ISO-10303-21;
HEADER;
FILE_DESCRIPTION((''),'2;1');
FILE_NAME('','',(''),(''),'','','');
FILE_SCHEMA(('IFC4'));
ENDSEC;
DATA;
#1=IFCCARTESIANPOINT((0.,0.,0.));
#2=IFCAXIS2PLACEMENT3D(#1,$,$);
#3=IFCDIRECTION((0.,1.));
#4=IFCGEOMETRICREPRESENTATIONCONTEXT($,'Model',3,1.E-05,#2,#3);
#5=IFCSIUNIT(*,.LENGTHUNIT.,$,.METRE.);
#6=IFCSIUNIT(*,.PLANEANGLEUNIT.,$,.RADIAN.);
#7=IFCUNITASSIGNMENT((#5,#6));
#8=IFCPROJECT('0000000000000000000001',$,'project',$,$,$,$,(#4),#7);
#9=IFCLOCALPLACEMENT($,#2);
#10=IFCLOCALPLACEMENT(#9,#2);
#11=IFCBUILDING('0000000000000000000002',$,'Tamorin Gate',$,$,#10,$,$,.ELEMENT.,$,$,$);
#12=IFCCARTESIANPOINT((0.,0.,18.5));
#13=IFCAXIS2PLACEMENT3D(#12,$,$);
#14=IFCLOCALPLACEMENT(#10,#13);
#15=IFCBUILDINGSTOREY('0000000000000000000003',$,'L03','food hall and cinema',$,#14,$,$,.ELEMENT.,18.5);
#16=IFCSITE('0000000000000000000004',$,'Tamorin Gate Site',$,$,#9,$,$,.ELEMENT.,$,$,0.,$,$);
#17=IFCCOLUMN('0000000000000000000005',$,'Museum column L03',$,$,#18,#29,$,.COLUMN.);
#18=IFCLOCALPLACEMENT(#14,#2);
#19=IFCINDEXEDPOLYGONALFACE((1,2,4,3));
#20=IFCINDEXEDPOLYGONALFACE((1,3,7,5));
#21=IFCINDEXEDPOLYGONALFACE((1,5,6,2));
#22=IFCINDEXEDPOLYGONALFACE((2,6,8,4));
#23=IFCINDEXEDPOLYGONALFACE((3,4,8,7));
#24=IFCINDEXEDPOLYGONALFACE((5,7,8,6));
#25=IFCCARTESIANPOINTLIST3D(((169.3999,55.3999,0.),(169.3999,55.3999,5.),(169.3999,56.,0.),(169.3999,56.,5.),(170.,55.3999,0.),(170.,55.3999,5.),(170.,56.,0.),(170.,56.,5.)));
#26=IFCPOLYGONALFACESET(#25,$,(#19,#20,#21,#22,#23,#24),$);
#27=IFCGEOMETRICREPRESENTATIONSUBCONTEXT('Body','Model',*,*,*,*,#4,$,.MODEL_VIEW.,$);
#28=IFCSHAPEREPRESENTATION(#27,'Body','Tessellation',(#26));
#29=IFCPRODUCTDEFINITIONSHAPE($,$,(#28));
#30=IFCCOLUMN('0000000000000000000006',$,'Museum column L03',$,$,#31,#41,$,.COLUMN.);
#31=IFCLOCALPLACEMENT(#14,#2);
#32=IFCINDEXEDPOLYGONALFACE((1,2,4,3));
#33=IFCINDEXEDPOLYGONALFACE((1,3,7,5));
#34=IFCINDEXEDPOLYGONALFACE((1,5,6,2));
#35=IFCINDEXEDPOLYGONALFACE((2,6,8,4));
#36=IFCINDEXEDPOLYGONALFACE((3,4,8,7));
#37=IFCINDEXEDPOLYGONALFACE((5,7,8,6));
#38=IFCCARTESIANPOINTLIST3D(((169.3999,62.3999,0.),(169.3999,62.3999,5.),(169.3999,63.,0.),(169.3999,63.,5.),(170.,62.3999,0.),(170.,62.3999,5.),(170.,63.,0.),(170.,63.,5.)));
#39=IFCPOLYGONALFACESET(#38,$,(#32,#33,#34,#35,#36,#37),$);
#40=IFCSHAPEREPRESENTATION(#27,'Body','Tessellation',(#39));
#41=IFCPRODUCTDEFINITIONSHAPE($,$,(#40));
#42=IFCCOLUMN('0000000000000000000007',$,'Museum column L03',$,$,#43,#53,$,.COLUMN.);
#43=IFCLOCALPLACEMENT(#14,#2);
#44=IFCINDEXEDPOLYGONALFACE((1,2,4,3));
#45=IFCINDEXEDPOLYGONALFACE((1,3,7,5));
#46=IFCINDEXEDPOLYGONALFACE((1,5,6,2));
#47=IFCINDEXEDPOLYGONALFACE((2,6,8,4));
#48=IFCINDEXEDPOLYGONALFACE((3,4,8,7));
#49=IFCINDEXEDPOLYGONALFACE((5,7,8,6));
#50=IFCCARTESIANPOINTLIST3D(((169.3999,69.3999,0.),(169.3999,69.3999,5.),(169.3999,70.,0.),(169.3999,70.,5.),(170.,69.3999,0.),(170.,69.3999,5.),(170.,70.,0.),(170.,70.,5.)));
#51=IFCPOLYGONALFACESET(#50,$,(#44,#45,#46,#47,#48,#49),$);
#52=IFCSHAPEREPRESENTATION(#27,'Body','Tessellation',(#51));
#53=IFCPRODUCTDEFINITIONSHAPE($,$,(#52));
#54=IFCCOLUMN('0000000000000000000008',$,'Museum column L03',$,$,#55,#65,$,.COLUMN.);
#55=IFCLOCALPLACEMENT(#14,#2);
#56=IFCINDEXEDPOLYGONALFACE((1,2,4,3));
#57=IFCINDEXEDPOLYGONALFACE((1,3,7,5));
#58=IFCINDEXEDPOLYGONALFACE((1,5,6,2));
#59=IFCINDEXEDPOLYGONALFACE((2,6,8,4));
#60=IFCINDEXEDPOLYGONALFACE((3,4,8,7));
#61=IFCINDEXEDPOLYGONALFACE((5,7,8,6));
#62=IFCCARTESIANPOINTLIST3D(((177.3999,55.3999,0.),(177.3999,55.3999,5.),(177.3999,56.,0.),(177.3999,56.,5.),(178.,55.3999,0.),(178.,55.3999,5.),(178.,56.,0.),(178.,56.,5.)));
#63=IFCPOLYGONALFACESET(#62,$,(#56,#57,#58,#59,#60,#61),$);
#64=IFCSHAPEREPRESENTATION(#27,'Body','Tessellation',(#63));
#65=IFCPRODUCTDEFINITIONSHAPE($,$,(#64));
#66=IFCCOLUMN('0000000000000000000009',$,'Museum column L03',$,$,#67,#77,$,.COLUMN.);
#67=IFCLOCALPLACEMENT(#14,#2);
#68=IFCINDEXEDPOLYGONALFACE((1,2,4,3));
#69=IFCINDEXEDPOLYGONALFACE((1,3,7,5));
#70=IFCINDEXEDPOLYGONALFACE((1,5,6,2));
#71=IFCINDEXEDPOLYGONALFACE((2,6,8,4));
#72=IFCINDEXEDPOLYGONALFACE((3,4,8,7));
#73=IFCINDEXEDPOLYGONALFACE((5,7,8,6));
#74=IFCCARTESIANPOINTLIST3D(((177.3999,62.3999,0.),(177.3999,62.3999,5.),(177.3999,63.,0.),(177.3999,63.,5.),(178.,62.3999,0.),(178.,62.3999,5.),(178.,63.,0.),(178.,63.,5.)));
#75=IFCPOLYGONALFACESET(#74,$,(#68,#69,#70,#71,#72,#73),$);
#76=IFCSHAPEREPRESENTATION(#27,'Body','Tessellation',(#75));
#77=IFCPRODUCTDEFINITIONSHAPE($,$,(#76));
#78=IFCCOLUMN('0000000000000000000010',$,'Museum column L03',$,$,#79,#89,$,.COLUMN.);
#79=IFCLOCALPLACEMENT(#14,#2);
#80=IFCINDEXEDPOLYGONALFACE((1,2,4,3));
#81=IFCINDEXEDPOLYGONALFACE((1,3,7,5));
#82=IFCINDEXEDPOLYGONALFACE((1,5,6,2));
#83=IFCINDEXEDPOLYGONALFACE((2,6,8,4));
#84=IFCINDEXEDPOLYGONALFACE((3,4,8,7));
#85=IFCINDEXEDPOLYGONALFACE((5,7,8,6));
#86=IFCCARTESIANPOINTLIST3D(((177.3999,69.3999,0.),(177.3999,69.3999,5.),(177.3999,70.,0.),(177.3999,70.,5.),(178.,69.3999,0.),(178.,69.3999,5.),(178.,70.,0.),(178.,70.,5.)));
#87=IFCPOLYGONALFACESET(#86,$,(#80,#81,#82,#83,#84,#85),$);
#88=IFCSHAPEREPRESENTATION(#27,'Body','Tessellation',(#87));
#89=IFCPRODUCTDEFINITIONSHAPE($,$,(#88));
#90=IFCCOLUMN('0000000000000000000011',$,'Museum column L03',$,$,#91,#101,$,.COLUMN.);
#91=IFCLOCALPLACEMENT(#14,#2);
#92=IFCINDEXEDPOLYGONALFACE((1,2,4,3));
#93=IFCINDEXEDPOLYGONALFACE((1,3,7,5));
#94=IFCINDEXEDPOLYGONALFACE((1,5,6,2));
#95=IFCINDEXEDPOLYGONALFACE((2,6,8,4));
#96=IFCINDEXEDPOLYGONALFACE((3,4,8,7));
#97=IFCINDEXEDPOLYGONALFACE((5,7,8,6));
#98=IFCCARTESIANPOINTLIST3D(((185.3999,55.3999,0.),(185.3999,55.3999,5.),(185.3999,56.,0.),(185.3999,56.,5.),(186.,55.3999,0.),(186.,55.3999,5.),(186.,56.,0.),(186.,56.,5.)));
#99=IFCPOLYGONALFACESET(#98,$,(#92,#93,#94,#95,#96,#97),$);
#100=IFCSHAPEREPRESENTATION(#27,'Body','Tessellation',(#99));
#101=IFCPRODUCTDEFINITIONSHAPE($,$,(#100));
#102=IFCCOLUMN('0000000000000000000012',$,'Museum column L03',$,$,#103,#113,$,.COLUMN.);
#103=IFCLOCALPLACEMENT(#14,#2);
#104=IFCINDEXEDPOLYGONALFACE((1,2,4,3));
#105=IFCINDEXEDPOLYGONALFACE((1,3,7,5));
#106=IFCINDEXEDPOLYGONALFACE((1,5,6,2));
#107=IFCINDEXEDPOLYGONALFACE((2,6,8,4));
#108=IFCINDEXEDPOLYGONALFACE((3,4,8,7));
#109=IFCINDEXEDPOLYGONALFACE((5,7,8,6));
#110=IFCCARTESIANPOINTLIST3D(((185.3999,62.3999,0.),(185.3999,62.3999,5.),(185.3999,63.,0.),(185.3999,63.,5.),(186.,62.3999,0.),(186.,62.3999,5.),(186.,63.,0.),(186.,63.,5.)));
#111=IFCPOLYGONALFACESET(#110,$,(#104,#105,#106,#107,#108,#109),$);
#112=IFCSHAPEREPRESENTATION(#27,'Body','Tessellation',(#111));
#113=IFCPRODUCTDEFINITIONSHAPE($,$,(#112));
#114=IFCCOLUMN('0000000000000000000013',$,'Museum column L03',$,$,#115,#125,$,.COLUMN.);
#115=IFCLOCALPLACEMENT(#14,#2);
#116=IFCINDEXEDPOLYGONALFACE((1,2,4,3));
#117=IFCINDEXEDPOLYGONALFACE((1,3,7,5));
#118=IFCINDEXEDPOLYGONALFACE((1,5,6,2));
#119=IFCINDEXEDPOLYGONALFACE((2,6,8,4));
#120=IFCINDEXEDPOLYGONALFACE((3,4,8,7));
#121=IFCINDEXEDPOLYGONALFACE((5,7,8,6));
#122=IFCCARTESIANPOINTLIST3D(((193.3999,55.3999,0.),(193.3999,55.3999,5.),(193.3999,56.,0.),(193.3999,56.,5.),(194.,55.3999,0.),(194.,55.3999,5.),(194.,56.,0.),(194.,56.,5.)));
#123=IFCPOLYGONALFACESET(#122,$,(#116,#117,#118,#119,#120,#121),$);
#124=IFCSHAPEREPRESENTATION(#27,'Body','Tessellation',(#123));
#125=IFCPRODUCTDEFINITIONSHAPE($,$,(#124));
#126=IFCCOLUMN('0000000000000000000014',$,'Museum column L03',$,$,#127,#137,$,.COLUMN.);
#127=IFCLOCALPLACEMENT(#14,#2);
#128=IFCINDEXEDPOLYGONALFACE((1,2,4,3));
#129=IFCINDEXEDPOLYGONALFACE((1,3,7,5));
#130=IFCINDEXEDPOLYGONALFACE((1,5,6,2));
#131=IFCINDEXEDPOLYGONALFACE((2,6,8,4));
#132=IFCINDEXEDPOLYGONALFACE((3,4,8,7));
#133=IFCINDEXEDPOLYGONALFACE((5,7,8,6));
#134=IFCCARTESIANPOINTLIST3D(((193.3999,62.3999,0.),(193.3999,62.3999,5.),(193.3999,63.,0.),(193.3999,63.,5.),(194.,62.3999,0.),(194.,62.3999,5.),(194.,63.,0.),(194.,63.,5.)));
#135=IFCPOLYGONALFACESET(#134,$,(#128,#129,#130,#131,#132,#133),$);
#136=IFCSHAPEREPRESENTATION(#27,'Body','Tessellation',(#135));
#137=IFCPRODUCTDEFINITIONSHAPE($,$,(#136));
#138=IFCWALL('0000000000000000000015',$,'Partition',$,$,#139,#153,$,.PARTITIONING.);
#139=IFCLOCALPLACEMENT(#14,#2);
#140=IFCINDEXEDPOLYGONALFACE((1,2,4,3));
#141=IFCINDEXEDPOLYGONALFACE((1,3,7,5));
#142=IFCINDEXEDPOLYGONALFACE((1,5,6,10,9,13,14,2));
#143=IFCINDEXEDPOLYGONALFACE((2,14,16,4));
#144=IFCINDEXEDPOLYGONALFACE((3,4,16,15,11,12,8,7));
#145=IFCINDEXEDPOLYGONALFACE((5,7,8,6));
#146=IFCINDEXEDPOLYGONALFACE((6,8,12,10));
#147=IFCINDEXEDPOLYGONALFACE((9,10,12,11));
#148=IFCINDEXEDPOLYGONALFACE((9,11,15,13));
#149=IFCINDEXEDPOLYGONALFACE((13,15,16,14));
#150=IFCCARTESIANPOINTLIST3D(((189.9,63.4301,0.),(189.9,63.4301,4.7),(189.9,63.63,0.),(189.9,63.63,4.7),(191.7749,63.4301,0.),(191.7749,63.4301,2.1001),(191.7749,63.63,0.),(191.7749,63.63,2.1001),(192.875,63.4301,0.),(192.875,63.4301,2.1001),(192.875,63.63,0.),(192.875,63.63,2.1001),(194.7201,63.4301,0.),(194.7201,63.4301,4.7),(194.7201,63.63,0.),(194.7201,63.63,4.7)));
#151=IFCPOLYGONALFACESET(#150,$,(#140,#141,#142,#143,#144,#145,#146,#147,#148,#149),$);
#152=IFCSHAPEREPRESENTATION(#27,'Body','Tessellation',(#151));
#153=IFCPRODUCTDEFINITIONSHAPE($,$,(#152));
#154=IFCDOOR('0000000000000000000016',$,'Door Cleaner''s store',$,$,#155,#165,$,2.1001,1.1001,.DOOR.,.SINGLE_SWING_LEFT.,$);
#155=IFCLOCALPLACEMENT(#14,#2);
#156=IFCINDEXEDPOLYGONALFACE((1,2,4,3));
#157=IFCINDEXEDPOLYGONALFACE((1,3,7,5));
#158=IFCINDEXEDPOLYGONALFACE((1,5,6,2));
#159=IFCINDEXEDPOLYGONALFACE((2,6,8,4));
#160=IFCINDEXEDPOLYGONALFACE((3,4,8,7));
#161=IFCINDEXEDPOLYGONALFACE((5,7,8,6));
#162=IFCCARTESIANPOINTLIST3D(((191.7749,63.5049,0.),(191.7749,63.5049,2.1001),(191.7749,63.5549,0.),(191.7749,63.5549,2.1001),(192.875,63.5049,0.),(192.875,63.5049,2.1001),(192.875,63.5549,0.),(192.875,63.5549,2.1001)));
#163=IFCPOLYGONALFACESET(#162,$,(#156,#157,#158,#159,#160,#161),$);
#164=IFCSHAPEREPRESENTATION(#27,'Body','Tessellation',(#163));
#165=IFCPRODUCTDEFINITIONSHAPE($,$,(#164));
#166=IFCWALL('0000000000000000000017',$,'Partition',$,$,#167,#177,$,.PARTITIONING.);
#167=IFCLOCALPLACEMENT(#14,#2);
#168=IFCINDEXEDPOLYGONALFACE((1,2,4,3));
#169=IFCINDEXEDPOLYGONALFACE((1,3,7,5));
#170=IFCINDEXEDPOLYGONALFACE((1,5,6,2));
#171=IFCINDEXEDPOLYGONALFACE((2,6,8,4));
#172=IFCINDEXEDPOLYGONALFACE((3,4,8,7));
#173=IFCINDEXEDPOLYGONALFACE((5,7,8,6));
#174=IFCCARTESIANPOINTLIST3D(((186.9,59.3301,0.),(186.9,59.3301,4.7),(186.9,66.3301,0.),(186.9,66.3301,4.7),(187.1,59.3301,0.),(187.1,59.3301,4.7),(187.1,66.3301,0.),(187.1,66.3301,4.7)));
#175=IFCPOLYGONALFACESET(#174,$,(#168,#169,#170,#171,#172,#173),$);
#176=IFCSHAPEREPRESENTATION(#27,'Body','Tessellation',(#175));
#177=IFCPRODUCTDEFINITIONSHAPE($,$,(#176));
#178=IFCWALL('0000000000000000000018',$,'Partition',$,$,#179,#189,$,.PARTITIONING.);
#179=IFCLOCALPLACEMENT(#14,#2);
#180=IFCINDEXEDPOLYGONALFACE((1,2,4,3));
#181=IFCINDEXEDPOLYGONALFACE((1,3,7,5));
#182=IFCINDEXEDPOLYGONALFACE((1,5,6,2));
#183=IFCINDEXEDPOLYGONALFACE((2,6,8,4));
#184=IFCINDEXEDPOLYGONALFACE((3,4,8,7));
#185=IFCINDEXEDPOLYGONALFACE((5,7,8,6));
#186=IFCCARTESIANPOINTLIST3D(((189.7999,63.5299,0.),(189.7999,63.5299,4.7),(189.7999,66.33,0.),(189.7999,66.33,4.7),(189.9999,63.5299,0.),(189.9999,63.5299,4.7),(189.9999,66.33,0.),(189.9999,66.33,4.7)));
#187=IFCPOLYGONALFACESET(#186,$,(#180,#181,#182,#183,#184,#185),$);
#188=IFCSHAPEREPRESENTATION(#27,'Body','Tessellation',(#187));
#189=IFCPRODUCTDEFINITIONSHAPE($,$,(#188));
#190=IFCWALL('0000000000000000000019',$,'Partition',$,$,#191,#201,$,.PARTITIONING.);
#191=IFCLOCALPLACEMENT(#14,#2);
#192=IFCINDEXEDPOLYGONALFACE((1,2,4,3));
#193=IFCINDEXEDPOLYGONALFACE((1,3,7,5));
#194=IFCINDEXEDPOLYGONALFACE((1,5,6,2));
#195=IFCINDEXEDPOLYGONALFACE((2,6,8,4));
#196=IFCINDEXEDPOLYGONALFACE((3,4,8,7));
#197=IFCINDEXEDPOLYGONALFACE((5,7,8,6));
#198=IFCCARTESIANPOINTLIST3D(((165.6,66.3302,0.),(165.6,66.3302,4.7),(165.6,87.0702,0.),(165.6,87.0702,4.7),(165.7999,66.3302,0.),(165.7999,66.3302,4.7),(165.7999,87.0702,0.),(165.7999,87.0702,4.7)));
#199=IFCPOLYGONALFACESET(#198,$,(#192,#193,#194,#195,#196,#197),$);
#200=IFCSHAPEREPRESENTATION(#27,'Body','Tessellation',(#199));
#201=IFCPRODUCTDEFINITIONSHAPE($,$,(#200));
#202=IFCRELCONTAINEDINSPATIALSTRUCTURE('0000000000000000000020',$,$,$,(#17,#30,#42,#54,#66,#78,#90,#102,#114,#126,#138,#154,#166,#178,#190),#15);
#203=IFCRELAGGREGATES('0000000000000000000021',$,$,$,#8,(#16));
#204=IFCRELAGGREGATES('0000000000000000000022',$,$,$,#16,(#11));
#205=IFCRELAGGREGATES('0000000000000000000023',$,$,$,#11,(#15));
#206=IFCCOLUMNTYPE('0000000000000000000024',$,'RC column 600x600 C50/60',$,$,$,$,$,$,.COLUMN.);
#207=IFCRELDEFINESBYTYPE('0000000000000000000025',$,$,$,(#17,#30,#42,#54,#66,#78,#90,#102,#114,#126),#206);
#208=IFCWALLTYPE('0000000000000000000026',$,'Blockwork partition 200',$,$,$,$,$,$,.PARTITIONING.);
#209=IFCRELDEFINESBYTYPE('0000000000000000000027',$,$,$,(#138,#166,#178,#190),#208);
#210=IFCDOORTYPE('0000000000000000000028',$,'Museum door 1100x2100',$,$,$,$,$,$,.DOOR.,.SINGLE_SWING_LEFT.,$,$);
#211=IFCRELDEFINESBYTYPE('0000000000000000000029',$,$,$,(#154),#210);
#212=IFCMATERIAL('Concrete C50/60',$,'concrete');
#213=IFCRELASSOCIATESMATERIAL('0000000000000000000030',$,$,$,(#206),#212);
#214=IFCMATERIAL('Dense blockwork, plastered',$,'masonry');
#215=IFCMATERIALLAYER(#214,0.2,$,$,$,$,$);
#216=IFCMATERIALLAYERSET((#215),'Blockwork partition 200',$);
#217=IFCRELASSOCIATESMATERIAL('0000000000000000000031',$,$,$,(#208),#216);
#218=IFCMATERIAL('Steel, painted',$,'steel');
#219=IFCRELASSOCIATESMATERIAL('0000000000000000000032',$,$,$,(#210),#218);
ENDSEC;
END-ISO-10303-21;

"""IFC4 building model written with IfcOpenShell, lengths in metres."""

from ifc_helpers import new_model, si_unit, direction, frame, frame_2d, origin, origin_2d, place, context, subcontext, project, spatial, rectangle, extrude, material, layer, layer_set, material_profile, profile_set, type_object, element, fill, save


model = new_model("IFC4")

# Units and contexts
model_context = context("Model", 3, precision=1e-05, world=origin(), true_north=direction((0.0, 1.0)))
body_context = subcontext(model_context, "Body", "Model", "MODEL_VIEW")
ifc_project = project(units=[si_unit("LENGTHUNIT", "METRE"), si_unit("PLANEANGLEUNIT", "RADIAN")], contexts=[model_context])

# Site, building, storey
site_placement = place(None, origin())
site = spatial("IfcSite", under=ifc_project, at=site_placement, Name="Tamorin Gate Site", CompositionType="ELEMENT", RefElevation=0.0)
building_placement = place(site_placement, origin())
building = spatial("IfcBuilding", under=site, at=building_placement, Name="Tamorin Gate", CompositionType="ELEMENT")
storey_placement = place(building_placement, frame((0.0, 0.0, 18.5)))
storey = spatial("IfcBuildingStorey", under=building, at=storey_placement, Name="L03", Description="food hall and cinema", CompositionType="ELEMENT", Elevation=18.5)

# Columns
ifc_material_1 = material(Name="Concrete C50/60", Category="concrete")
ifc_material_profile = material_profile(ifc_material_1, rectangle(XDim=0.6001, YDim=0.6001, at=origin_2d()))
ifc_profile_set = profile_set([ifc_material_profile], Name="Concrete C50/60")
column_type = type_object("IfcColumnType", Name="RC column 600x600 C50/60", PredefinedType="COLUMN", material=ifc_profile_set)
for number, where, z_axis, x_axis, name in (
    (1, (169.7, 55.7, 0.0), (0.0, 0.0, 1.0), (1.0, 0.0, 0.0), "Museum column L03"),
    (2, (169.7, 62.7, 0.0), (0.0, 0.0, 1.0), (1.0, 0.0, 0.0), "Museum column L03"),
    (3, (169.7, 69.7, 0.0), (0.0, 0.0, 1.0), (1.0, 0.0, 0.0), "Museum column L03"),
    (4, (177.7, 55.7, 0.0), (0.0, 0.0, 1.0), (1.0, 0.0, 0.0), "Museum column L03"),
    (5, (177.7, 62.7, 0.0), (0.0, 0.0, 1.0), (1.0, 0.0, 0.0), "Museum column L03"),
    (6, (177.7, 69.7, 0.0), (0.0, 0.0, 1.0), (1.0, 0.0, 0.0), "Museum column L03"),
    (7, (185.7, 55.7, 0.0), (0.0, 0.0, 1.0), (1.0, 0.0, 0.0), "Museum column L03"),
    (8, (185.7, 62.7, 0.0), (0.0, 0.0, 1.0), (1.0, 0.0, 0.0), "Museum column L03"),
    (9, (193.7, 55.7, 0.0), (0.0, 0.0, 1.0), (1.0, 0.0, 0.0), "Museum column L03"),
    (10, (193.7, 62.7, 0.0), (0.0, 0.0, 1.0), (1.0, 0.0, 0.0), "Museum column L03"),
):
    element("IfcColumn", number, at=place(storey_placement, frame(where, z_axis=z_axis, x_axis=x_axis)), inside=storey, type_object=column_type, Name=name, PredefinedType="COLUMN", context=body_context, shape_type="SweptSolid", body=[
        extrude(rectangle(XDim=0.6001, YDim=0.6001, at=origin_2d()), origin(), (0.0, 0.0, 1.0), 5.0),
    ])

# Wall, opening, door
ifc_material_2 = material(Name="Dense blockwork, plastered", Category="masonry")
ifc_layer_1 = layer(ifc_material_2, 0.2)
ifc_layer_set_1 = layer_set([ifc_layer_1], Name="Blockwork partition 200")
wall_type_1 = type_object("IfcWallType", Name="Blockwork partition 200", PredefinedType="PARTITIONING", material=ifc_layer_set_1)
wall_1_placement = place(storey_placement, frame((189.8999, 63.53, 0.0), z_axis=(0.0, 0.0, 1.0), x_axis=(1.0, 0.0, 0.0)))
wall_1 = element("IfcWall", 11, at=wall_1_placement, inside=storey, type_object=wall_type_1, Name="Partition", PredefinedType="PARTITIONING", context=body_context, shape_type="SweptSolid", body=[
    extrude(rectangle(XDim=4.8201, YDim=0.2, at=frame_2d((2.4102, 0.0))), origin(), (0.0, 0.0, 1.0), 4.7),
])
opening_1_placement = place(wall_1_placement, frame((1.875, 0.0, 0.0)))
opening_1 = element("IfcOpeningElement", 12, at=opening_1_placement, cuts=wall_1, PredefinedType="OPENING", context=body_context, shape_type="SweptSolid", body=[
    extrude(rectangle(XDim=1.1001, YDim=2.1001, at=frame_2d((0.55, 1.05))), frame((0.0, 0.1099, 0.0), z_axis=(0.0, -1.0, 0.0), x_axis=(1.0, 0.0, 0.0)), (0.0, 0.0, 1.0), 0.22),
])
ifc_material_3 = material(Name="Steel, painted", Category="steel")
door_type_1 = type_object("IfcDoorType", Name="Museum door 1100x2100", OperationType="SINGLE_SWING_LEFT", PredefinedType="DOOR", material=ifc_material_3)
door_1_placement = place(opening_1_placement, origin())
door_1 = element("IfcDoor", 13, at=door_1_placement, inside=storey, type_object=door_type_1, Name="Door Cleaner's store", OperationType="SINGLE_SWING_LEFT", OverallHeight=2.1001, OverallWidth=1.1001, PredefinedType="DOOR", context=body_context, shape_type="SweptSolid", body=[
    extrude(rectangle(XDim=1.1001, YDim=2.1001, at=frame_2d((0.55, 1.05))), frame((0.0, 0.0249, 0.0), z_axis=(0.0, -1.0, 0.0), x_axis=(1.0, 0.0, 0.0)), (0.0, 0.0, 1.0), 0.05),
])
fill(opening_1, door_1)

# Walls
wall_2_placement = place(storey_placement, frame((187.0, 59.3301, 0.0), z_axis=(0.0, 0.0, 1.0), x_axis=(0.0, 1.0, 0.0)))
element("IfcWall", 14, at=wall_2_placement, inside=storey, type_object=wall_type_1, Name="Partition", PredefinedType="PARTITIONING", context=body_context, shape_type="SweptSolid", body=[
    extrude(rectangle(XDim=7.0, YDim=0.2, at=frame_2d((3.5, 0.0))), origin(), (0.0, 0.0, 1.0), 4.7),
])
wall_3_placement = place(storey_placement, frame((189.8999, 63.53, 0.0), z_axis=(0.0, 0.0, 1.0), x_axis=(0.0, 1.0, 0.0)))
element("IfcWall", 15, at=wall_3_placement, inside=storey, type_object=wall_type_1, Name="Partition", PredefinedType="PARTITIONING", context=body_context, shape_type="SweptSolid", body=[
    extrude(rectangle(XDim=2.8, YDim=0.2, at=frame_2d((1.3999, 0.0))), origin(), (0.0, 0.0, 1.0), 4.7),
])
wall_4_placement = place(storey_placement, frame((165.7, 66.3301, 0.0), z_axis=(0.0, 0.0, 1.0), x_axis=(0.0, 1.0, 0.0)))
element("IfcWall", 16, at=wall_4_placement, inside=storey, type_object=wall_type_1, Name="Partition", PredefinedType="PARTITIONING", context=body_context, shape_type="SweptSolid", body=[
    extrude(rectangle(XDim=20.74, YDim=0.2, at=frame_2d((10.3701, 0.0))), origin(), (0.0, 0.0, 1.0), 4.7),
])

save(model, "model.ifc")
